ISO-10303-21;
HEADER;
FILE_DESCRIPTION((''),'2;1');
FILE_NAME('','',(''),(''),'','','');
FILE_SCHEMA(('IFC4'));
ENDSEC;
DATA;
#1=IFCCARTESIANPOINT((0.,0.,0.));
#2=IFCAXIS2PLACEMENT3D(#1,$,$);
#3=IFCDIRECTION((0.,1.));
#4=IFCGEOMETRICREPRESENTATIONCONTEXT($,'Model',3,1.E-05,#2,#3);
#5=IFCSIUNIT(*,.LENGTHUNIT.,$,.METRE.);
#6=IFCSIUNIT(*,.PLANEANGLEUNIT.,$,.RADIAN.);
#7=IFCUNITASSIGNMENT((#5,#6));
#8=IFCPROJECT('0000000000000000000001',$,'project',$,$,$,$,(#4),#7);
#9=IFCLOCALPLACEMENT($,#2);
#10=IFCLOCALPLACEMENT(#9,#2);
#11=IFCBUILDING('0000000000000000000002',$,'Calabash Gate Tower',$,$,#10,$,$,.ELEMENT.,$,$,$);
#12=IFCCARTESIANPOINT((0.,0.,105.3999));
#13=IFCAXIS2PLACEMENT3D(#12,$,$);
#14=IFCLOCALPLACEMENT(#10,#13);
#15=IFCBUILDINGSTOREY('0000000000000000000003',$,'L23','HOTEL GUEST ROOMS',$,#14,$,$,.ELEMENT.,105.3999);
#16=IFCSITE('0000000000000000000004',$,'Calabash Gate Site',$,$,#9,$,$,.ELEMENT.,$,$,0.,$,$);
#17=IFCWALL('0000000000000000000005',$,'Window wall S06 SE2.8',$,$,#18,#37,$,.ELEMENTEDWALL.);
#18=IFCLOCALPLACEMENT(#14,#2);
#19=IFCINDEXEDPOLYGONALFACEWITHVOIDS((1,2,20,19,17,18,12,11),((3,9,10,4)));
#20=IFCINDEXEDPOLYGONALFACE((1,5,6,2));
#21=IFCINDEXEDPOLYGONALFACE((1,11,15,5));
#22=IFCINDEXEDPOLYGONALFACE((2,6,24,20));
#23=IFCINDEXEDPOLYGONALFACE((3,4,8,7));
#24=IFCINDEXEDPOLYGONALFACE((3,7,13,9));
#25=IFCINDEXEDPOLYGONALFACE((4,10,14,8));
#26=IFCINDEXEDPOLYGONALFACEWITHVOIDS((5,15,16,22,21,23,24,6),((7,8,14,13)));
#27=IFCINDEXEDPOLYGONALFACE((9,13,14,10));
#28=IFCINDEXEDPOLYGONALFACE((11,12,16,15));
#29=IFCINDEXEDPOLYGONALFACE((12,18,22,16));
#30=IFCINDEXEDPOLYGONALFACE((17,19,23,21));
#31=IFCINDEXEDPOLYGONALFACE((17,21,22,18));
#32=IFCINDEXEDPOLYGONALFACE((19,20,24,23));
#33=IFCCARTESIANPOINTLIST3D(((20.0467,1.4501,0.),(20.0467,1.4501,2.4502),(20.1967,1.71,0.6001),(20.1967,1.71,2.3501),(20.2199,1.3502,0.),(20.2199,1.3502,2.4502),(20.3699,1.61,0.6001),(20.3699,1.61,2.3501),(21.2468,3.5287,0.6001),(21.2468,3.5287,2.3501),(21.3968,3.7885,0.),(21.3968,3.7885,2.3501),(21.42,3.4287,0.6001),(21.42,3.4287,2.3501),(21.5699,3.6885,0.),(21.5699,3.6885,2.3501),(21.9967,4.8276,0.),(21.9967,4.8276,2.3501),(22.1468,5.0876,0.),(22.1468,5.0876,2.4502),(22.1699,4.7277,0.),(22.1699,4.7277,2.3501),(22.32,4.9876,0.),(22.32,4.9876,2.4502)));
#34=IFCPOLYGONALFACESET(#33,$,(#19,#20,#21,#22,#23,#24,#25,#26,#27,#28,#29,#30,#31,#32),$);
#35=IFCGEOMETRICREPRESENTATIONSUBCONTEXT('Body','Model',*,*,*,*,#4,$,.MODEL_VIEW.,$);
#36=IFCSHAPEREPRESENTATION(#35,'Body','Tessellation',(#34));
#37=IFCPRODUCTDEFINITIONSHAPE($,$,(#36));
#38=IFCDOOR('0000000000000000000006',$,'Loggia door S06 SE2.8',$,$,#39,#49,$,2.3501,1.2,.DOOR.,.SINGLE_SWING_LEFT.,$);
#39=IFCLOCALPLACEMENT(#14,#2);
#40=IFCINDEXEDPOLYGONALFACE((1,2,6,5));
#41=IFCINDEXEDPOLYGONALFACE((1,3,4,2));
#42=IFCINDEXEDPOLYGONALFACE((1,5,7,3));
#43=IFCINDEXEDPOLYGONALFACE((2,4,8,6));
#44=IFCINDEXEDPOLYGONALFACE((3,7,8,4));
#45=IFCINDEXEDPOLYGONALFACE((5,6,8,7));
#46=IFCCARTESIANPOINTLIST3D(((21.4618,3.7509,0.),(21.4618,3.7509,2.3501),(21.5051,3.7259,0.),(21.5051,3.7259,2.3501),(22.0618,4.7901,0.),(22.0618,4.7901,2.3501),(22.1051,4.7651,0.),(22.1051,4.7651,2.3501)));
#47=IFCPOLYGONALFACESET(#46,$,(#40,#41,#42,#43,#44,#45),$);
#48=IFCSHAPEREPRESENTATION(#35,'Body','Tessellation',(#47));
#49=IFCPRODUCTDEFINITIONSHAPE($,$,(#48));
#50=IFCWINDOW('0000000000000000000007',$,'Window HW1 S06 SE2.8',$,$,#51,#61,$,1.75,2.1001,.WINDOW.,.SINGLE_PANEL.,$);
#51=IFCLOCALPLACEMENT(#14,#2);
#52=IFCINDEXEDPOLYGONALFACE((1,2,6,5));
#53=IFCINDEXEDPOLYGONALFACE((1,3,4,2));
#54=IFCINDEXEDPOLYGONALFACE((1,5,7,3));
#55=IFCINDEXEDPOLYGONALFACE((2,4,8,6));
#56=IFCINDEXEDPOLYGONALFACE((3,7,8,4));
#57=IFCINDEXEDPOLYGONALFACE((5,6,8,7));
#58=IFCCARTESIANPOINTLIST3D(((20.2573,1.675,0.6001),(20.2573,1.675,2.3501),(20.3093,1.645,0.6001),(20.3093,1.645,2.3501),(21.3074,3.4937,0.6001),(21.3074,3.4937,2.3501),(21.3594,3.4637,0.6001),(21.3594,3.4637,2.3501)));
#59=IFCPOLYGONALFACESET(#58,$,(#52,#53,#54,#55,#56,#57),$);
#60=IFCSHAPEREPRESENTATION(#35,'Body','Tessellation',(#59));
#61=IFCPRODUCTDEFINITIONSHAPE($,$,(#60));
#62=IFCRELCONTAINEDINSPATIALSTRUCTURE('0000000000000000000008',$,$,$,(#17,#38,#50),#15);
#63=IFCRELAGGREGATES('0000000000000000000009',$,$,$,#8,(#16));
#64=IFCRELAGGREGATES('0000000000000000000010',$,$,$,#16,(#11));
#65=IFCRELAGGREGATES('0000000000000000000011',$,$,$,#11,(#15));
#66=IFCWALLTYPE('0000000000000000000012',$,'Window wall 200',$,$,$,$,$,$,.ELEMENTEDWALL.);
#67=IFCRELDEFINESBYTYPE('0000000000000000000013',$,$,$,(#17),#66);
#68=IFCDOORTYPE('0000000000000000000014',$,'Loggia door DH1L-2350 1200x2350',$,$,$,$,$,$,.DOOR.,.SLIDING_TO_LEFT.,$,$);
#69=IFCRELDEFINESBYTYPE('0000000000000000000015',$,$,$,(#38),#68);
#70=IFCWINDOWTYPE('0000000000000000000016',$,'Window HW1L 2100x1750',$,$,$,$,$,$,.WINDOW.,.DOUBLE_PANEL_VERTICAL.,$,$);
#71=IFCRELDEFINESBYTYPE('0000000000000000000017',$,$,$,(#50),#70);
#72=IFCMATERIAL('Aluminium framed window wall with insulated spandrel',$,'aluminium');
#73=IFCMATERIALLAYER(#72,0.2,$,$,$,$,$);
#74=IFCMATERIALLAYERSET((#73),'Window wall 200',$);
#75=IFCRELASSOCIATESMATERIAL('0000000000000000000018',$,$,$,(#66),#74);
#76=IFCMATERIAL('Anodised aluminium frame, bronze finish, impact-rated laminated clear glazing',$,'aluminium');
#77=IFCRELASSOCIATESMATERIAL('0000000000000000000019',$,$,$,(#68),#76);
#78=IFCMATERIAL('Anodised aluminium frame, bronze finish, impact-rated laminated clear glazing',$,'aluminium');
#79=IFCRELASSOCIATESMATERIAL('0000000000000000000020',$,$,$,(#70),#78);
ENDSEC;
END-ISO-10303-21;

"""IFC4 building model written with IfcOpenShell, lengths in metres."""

from ifc_helpers import new_model, si_unit, direction, frame, frame_2d, origin, place, context, subcontext, project, spatial, rectangle, extrude, material, layer, layer_set, type_object, element, fill, save


model = new_model("IFC4")

# Units and contexts
model_context = context("Model", 3, precision=1e-05, world=origin(), true_north=direction((0.0, 1.0)))
body_context = subcontext(model_context, "Body", "Model", "MODEL_VIEW")
ifc_project = project(units=[si_unit("LENGTHUNIT", "METRE"), si_unit("PLANEANGLEUNIT", "RADIAN")], contexts=[model_context])

# Site, building, storey
site_placement = place(None, origin())
site = spatial("IfcSite", under=ifc_project, at=site_placement, Name="Calabash Gate Site", CompositionType="ELEMENT", RefElevation=0.0)
building_placement = place(site_placement, origin())
building = spatial("IfcBuilding", under=site, at=building_placement, Name="Calabash Gate Tower", CompositionType="ELEMENT")
storey_placement = place(building_placement, frame((0.0, 0.0, 105.3999)))
storey = spatial("IfcBuildingStorey", under=building, at=storey_placement, Name="L23", Description="HOTEL GUEST ROOMS", CompositionType="ELEMENT", Elevation=105.3999)

# Shared definitions
ifc_material_1 = material(Name="Aluminium framed window wall with insulated spandrel", Category="aluminium")
ifc_layer_1 = layer(ifc_material_1, 0.2)
ifc_layer_set_1 = layer_set([ifc_layer_1], Name="Window wall 200")
wall_type_1 = type_object("IfcWallType", Name="Window wall 200", PredefinedType="ELEMENTEDWALL", material=ifc_layer_set_1)

# Wall, openings, door, window
wall_1_placement = place(storey_placement, frame((20.1333, 1.4001, 0.0), z_axis=(0.0, 0.0, 1.0), x_axis=(0.500003, 0.866024, 0.0)))
wall_1 = element("IfcWall", 1, at=wall_1_placement, inside=storey, type_object=wall_type_1, Name="Window wall S06 SE2.8", PredefinedType="ELEMENTEDWALL", context=body_context, shape_type="SweptSolid", body=[
    extrude(rectangle(XDim=4.2002, YDim=0.2, at=frame_2d((2.1001, 0.0))), origin(), (0.0, 0.0, 1.0), 2.4502),
])
opening_1_placement = place(wall_1_placement, frame((0.3, 0.0, 0.6001)))
opening_1 = element("IfcOpeningElement", 2, at=opening_1_placement, cuts=wall_1, PredefinedType="OPENING", context=body_context, shape_type="SweptSolid", body=[
    extrude(rectangle(XDim=2.1001, YDim=1.75, at=frame_2d((1.05, 0.875))), frame((0.0, 0.1099, 0.0), z_axis=(0.0, -1.0, 0.0), x_axis=(1.0, 0.0, 0.0)), (0.0, 0.0, 1.0), 0.22),
])
opening_2_placement = place(wall_1_placement, frame((2.7, 0.0, 0.0)))
opening_2 = element("IfcOpeningElement", 3, at=opening_2_placement, cuts=wall_1, PredefinedType="OPENING", context=body_context, shape_type="SweptSolid", body=[
    extrude(rectangle(XDim=1.2, YDim=2.3501, at=frame_2d((0.6001, 1.175))), frame((0.0, 0.1099, 0.0), z_axis=(0.0, -1.0, 0.0), x_axis=(1.0, 0.0, 0.0)), (0.0, 0.0, 1.0), 0.22),
])
ifc_material_2 = material(Name="Anodised aluminium frame, bronze finish, impact-rated laminated clear glazing", Category="aluminium")
door_type_1 = type_object("IfcDoorType", Name="Loggia door DH1L-2350 1200x2350", OperationType="SLIDING_TO_LEFT", PredefinedType="DOOR", material=ifc_material_2)
door_1_placement = place(opening_2_placement, origin())
door_1 = element("IfcDoor", 4, at=door_1_placement, inside=storey, type_object=door_type_1, Name="Loggia door S06 SE2.8", OperationType="SINGLE_SWING_LEFT", OverallHeight=2.3501, OverallWidth=1.2, PredefinedType="DOOR", context=body_context, shape_type="SweptSolid", body=[
    extrude(rectangle(XDim=1.2, YDim=2.3501, at=frame_2d((0.6001, 1.175))), frame((0.0, 0.0249, 0.0), z_axis=(0.0, -1.0, 0.0), x_axis=(1.0, 0.0, 0.0)), (0.0, 0.0, 1.0), 0.05),
])
fill(opening_2, door_1)
ifc_material_3 = material(Name="Anodised aluminium frame, bronze finish, impact-rated laminated clear glazing", Category="aluminium")
window_type_1 = type_object("IfcWindowType", Name="Window HW1L 2100x1750", PartitioningType="DOUBLE_PANEL_VERTICAL", PredefinedType="WINDOW", material=ifc_material_3)
window_1_placement = place(opening_1_placement, origin())
window_1 = element("IfcWindow", 5, at=window_1_placement, inside=storey, type_object=window_type_1, Name="Window HW1 S06 SE2.8", OverallHeight=1.75, OverallWidth=2.1001, PartitioningType="SINGLE_PANEL", PredefinedType="WINDOW", context=body_context, shape_type="SweptSolid", body=[
    extrude(rectangle(XDim=2.1001, YDim=1.75, at=frame_2d((1.05, 0.875))), frame((0.0, 0.03, 0.0), z_axis=(0.0, -1.0, 0.0), x_axis=(1.0, 0.0, 0.0)), (0.0, 0.0, 1.0), 0.0601),
])
fill(opening_1, window_1)

save(model, "model.ifc")
